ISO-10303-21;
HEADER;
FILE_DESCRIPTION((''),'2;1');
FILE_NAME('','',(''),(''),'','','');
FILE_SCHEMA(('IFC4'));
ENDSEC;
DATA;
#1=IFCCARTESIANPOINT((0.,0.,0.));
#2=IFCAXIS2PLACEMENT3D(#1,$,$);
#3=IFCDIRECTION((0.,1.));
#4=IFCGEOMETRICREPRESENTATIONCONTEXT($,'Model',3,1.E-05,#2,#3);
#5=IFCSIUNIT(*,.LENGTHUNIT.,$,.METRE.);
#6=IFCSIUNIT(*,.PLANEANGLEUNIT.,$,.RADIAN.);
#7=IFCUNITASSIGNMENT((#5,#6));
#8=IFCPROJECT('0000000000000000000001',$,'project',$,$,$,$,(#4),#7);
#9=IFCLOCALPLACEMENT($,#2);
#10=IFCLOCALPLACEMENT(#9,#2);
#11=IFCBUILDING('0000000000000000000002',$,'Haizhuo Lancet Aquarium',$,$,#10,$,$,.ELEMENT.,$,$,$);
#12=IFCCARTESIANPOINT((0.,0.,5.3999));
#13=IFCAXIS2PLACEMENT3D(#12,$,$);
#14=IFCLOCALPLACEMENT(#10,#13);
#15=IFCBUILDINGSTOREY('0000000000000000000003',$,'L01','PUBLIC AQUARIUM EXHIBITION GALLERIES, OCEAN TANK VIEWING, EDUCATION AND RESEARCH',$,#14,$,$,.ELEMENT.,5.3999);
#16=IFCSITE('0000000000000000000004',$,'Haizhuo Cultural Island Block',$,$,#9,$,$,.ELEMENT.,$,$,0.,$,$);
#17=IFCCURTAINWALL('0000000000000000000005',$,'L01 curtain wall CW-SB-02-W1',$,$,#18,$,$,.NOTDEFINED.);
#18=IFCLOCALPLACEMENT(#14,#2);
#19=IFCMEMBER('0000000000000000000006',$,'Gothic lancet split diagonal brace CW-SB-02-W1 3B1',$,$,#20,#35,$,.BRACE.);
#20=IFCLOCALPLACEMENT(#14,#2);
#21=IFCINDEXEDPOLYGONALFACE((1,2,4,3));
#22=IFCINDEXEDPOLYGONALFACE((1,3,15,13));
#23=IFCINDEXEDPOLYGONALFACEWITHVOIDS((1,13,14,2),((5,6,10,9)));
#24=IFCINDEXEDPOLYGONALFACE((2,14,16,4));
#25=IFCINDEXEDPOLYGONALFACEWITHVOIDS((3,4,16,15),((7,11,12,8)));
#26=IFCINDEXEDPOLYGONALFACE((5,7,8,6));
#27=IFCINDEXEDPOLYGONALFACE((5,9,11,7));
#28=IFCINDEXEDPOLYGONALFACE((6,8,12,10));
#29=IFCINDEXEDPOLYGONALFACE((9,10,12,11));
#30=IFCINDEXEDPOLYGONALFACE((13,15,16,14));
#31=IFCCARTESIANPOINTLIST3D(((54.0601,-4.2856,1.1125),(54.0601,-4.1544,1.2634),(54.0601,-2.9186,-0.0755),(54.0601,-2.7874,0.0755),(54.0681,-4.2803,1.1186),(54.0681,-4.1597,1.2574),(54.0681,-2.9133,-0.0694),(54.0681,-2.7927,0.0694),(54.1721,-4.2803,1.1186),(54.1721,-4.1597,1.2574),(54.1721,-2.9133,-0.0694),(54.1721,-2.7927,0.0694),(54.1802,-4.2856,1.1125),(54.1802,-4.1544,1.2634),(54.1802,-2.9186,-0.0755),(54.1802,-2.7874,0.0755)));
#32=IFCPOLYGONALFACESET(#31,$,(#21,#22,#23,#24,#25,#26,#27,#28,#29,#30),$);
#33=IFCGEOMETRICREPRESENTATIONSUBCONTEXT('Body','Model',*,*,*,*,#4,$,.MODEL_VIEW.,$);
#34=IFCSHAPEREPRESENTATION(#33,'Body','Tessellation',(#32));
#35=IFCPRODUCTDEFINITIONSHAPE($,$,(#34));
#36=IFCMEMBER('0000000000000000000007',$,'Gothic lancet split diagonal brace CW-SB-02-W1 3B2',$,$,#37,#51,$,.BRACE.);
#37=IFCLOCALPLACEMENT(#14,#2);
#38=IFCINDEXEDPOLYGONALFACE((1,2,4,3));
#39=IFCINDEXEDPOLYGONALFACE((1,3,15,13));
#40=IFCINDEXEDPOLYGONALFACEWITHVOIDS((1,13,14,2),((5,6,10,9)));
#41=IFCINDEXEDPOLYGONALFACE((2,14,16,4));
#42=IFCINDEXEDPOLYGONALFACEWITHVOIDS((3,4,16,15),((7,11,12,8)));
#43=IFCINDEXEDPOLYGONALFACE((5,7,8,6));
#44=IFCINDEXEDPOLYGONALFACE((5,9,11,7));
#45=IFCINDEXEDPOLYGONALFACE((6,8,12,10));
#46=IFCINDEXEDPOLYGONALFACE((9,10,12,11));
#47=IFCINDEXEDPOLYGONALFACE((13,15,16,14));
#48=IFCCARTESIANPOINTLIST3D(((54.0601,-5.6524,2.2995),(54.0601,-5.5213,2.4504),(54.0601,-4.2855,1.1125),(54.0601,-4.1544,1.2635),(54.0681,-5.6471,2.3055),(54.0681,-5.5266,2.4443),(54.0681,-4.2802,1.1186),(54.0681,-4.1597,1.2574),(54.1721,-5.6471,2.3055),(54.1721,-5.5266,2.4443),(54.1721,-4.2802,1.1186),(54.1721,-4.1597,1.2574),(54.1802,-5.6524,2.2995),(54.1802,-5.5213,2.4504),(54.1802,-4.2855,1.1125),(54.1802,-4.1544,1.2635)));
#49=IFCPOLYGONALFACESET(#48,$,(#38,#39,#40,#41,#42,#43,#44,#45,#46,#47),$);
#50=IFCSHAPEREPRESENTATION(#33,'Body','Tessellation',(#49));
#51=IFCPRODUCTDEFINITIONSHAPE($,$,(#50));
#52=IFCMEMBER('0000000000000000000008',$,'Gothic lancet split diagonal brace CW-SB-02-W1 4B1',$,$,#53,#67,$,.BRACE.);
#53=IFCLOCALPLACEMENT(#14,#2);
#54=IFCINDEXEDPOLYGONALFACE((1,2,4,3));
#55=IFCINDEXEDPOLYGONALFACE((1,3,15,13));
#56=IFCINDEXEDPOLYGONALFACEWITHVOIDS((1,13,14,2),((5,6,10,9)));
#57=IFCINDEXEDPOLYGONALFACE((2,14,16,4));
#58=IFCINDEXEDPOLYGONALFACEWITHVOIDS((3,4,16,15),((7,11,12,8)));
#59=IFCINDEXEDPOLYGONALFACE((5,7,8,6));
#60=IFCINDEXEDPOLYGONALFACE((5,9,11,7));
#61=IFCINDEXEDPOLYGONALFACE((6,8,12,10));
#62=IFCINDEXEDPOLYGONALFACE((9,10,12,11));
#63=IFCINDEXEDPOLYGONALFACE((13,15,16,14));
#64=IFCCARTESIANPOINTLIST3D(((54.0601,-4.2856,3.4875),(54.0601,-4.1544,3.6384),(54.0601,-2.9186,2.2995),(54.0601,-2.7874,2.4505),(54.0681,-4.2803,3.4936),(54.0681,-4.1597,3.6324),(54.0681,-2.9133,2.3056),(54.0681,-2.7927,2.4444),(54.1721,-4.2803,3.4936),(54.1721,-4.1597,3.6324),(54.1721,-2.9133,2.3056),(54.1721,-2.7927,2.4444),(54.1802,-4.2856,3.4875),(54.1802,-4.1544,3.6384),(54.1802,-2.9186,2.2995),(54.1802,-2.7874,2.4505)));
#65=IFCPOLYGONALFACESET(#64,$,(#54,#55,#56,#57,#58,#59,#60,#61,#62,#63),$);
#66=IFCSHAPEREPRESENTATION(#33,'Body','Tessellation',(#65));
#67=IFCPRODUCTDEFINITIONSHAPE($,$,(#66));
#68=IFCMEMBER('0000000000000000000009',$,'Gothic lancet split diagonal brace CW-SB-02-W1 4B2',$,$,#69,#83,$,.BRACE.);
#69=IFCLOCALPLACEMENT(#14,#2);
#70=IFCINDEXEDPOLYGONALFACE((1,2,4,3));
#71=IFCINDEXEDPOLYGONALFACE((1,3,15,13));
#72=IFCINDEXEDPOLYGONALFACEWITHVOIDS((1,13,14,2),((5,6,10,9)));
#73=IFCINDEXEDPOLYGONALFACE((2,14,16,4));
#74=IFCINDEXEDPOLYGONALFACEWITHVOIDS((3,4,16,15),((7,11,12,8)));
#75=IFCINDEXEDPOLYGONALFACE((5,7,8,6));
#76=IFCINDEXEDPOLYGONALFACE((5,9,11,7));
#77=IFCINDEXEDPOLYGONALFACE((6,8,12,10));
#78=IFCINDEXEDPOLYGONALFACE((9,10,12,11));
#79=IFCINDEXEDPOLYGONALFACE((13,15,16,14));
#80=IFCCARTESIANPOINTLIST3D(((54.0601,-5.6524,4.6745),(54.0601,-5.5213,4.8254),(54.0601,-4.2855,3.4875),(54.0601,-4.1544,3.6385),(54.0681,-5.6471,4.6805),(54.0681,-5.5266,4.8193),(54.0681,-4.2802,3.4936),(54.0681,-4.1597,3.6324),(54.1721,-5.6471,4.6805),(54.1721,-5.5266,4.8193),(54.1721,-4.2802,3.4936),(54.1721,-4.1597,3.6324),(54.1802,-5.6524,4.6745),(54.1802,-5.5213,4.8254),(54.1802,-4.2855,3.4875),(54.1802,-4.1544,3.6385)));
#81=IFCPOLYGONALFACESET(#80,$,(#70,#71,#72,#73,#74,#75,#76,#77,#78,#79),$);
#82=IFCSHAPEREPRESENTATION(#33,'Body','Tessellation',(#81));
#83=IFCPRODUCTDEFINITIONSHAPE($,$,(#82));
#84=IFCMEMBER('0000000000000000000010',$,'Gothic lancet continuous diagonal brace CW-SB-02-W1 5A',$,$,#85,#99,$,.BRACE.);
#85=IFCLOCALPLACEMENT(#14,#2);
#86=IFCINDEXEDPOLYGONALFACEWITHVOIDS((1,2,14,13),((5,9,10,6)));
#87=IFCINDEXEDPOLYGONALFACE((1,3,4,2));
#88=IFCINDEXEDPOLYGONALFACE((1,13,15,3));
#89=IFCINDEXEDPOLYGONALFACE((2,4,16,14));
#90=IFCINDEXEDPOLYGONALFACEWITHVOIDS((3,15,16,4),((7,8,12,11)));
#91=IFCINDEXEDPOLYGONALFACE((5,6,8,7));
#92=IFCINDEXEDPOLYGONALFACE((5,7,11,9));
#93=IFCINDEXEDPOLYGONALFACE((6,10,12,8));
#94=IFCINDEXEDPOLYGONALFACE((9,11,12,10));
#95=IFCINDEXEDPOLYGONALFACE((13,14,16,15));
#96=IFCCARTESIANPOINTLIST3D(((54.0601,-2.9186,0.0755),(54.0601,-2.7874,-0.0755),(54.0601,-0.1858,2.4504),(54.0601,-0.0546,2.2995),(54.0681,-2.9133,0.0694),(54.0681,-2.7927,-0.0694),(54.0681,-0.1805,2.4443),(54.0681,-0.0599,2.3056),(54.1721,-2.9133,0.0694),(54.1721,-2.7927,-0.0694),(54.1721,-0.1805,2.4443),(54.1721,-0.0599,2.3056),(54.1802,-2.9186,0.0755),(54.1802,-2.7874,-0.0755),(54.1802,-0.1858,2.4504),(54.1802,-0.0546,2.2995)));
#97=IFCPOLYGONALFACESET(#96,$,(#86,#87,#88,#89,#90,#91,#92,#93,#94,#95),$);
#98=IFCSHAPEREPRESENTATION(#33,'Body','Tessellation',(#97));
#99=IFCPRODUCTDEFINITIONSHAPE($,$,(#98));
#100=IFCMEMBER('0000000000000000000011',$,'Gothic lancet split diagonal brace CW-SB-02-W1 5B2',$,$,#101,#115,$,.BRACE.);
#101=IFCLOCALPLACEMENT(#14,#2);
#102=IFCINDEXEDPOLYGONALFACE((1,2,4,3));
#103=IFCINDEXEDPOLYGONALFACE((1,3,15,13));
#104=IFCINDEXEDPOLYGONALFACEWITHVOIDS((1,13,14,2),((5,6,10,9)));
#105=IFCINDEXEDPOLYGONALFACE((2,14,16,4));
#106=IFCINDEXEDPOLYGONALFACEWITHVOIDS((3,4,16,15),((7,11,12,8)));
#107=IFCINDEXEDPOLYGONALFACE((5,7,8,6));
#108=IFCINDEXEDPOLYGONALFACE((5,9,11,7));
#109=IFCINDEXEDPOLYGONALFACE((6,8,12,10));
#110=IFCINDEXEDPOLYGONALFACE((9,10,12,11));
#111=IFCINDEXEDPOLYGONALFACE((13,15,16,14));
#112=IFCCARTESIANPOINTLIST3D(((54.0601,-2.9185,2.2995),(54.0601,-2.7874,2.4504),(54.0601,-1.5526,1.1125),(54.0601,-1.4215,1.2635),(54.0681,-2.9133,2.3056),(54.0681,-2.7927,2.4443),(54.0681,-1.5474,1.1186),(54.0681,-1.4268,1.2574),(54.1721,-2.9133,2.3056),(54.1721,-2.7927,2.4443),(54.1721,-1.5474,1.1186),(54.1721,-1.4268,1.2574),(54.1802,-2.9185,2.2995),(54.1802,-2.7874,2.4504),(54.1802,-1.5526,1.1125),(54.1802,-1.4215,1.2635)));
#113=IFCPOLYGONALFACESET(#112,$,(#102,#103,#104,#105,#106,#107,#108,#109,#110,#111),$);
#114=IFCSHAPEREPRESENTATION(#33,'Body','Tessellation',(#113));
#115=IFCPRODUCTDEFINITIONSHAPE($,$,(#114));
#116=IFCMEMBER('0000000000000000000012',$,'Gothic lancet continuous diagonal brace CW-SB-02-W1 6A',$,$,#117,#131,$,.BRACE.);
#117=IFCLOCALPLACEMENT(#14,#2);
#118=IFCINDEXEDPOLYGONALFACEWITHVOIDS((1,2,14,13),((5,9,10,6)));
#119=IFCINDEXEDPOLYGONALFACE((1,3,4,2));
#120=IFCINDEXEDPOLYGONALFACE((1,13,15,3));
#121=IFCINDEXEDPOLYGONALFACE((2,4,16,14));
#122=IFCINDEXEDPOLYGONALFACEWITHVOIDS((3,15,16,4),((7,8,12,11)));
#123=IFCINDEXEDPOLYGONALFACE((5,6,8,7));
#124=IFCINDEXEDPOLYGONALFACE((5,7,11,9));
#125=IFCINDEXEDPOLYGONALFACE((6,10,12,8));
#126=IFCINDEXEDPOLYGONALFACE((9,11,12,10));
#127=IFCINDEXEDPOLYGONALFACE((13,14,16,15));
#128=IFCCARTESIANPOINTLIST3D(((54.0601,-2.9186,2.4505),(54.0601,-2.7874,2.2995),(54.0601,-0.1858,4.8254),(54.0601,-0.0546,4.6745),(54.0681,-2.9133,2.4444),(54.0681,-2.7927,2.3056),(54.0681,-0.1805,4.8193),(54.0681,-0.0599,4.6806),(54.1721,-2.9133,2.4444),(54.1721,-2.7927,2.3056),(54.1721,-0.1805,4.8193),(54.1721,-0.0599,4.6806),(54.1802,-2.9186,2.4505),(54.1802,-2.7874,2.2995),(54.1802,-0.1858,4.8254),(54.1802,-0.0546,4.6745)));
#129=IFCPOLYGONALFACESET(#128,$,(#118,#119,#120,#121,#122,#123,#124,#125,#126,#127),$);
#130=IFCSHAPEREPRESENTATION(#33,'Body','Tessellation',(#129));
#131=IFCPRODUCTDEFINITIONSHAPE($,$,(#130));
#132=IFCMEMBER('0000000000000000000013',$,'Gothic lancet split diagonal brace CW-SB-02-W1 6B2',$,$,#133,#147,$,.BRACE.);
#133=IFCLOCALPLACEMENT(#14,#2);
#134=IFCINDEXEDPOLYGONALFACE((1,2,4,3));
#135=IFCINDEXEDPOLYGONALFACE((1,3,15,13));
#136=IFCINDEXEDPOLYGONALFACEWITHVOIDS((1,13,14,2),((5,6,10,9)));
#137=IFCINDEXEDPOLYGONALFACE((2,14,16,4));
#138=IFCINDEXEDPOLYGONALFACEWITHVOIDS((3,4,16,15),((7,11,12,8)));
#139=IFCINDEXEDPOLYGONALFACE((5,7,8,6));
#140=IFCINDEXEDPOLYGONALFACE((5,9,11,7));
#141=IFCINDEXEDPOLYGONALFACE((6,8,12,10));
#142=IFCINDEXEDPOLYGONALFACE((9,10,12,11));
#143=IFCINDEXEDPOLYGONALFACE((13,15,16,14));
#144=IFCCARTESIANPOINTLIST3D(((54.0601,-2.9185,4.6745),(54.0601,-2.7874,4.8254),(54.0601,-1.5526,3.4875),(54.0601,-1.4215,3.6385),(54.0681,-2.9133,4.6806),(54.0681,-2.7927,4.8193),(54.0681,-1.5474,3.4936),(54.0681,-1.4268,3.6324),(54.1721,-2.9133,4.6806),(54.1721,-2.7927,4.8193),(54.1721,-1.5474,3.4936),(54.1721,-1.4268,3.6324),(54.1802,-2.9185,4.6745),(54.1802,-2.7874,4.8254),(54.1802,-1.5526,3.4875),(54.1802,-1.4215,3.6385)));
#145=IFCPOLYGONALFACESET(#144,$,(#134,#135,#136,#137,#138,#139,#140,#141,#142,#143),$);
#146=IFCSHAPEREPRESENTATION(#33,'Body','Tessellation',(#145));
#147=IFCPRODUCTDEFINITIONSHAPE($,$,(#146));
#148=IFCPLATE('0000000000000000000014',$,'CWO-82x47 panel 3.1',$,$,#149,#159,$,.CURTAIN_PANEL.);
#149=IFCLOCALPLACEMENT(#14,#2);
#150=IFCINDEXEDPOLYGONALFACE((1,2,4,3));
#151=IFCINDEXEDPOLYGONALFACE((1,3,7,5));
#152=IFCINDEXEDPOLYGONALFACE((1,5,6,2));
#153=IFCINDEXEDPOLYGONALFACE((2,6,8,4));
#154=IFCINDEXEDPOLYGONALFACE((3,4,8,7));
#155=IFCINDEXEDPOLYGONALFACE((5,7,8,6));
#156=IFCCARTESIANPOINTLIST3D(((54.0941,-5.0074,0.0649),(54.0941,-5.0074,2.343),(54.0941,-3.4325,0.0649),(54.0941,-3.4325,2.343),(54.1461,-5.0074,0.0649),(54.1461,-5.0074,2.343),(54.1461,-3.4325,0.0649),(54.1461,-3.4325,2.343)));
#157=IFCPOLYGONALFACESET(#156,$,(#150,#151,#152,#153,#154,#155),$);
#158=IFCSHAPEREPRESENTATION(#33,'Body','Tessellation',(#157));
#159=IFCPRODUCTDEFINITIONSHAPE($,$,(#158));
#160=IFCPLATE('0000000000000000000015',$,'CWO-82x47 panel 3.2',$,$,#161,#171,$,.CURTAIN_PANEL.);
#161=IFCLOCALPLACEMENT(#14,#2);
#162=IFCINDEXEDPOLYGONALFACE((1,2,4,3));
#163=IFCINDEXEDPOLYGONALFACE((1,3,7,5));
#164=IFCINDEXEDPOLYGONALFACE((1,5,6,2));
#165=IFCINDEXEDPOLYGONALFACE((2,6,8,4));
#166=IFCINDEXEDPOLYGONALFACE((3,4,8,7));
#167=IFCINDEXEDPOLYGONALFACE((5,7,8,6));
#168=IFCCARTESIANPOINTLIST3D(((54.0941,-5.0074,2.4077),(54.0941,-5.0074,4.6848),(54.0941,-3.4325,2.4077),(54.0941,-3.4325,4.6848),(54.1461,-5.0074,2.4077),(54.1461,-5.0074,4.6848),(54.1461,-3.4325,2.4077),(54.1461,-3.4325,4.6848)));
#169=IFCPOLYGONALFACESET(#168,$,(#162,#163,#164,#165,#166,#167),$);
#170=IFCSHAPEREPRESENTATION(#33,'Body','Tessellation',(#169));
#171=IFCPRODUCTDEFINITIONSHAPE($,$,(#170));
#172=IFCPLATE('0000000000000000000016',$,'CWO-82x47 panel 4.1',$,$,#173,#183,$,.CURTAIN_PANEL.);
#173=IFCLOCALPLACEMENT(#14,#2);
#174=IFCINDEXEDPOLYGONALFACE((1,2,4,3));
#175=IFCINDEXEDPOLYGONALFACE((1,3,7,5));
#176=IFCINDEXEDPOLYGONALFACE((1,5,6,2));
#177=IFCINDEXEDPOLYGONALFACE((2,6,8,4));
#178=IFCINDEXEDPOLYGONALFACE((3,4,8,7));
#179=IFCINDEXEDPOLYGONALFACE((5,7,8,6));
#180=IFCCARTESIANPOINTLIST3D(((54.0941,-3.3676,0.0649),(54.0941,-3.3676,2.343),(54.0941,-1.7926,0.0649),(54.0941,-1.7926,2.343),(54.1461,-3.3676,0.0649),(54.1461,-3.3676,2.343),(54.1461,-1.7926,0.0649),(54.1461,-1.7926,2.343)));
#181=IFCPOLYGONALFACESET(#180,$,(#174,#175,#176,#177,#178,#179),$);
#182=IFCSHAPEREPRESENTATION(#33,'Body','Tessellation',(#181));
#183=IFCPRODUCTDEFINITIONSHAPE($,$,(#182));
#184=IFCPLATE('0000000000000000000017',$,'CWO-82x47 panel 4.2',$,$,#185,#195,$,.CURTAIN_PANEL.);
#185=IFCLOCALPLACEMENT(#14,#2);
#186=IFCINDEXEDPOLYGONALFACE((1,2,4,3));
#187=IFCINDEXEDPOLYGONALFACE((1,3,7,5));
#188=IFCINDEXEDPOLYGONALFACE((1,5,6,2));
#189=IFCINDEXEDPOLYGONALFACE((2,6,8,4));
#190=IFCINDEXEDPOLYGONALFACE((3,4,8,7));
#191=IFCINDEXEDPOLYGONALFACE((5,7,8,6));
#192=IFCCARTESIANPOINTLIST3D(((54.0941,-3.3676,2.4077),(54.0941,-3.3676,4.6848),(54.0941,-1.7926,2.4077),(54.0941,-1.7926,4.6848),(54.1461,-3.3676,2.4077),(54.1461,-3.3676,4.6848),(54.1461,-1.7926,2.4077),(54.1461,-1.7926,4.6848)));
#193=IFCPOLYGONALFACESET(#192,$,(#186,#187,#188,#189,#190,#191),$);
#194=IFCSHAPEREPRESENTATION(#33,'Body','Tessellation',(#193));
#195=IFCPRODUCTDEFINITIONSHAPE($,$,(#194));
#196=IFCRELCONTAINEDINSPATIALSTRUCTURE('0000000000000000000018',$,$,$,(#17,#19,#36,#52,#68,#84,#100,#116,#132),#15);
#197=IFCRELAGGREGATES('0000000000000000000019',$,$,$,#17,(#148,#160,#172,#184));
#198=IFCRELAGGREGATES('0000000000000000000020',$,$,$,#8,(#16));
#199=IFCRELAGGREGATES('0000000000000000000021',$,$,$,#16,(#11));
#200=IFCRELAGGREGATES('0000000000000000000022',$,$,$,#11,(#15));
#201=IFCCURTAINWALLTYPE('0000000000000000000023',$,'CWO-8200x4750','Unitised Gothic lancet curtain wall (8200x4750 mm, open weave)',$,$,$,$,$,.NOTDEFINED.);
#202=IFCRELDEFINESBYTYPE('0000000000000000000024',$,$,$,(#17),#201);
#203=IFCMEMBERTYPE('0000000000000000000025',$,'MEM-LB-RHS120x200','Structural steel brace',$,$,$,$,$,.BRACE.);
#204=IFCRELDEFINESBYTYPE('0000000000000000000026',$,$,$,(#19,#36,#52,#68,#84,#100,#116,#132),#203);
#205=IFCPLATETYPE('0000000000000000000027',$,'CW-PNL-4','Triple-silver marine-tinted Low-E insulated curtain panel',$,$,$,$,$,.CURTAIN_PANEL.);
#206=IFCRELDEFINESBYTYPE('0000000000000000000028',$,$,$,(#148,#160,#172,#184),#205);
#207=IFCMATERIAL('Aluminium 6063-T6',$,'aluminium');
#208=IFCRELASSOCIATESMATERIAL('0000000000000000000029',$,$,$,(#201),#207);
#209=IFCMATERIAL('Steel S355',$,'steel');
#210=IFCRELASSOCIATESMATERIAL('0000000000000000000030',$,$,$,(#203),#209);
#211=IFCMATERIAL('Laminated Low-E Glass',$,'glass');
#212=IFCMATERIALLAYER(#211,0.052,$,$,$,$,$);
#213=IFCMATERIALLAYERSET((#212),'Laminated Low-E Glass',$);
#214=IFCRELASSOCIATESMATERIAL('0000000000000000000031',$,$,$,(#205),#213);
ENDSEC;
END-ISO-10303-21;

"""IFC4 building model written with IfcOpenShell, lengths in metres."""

from ifc_helpers import new_model, si_unit, direction, frame, origin, origin_2d, place, context, subcontext, project, spatial, rectangle, hollow_rectangle, extrude, material, layer, layer_set, material_profile, profile_set, type_object, element, aggregate, save


model = new_model("IFC4")

# Units and contexts
model_context = context("Model", 3, precision=1e-05, world=origin(), true_north=direction((0.0, 1.0)))
body_context = subcontext(model_context, "Body", "Model", "MODEL_VIEW")
ifc_project = project(units=[si_unit("LENGTHUNIT", "METRE"), si_unit("PLANEANGLEUNIT", "RADIAN")], contexts=[model_context])

# Site, building, storey
site_placement = place(None, origin())
site = spatial("IfcSite", under=ifc_project, at=site_placement, Name="Haizhuo Cultural Island Block", CompositionType="ELEMENT", RefElevation=0.0)
building_placement = place(site_placement, origin())
building = spatial("IfcBuilding", under=site, at=building_placement, Name="Haizhuo Lancet Aquarium", CompositionType="ELEMENT")
storey_placement = place(building_placement, frame((0.0, 0.0, 5.3999)))
storey = spatial("IfcBuildingStorey", under=building, at=storey_placement, Name="L01", Description="PUBLIC AQUARIUM EXHIBITION GALLERIES, OCEAN TANK VIEWING, EDUCATION AND RESEARCH", CompositionType="ELEMENT", Elevation=5.3999)

# Curtain wall
ifc_material_1 = material(Name="Aluminium 6063-T6", Category="aluminium")
curtain_wall_type = type_object("IfcCurtainWallType", Name="CWO-8200x4750", Description="Unitised Gothic lancet curtain wall (8200x4750 mm, open weave)", PredefinedType="NOTDEFINED", material=ifc_material_1)
curtain_wall_placement = place(storey_placement, origin())
curtain_wall = element("IfcCurtainWall", 1, at=curtain_wall_placement, inside=storey, type_object=curtain_wall_type, Name="L01 curtain wall CW-SB-02-W1", PredefinedType="NOTDEFINED")

# Members
ifc_material_2 = material(Name="Steel S355", Category="steel")
ifc_material_profile_1 = material_profile(ifc_material_2, hollow_rectangle(XDim=0.1201, YDim=0.2, WallThickness=0.0081, at=origin_2d()), Name="RHS 120x200x8")
ifc_profile_set_1 = profile_set([ifc_material_profile_1], Name="Steel S355")
member_type_1 = type_object("IfcMemberType", Name="MEM-LB-RHS120x200", Description="Structural steel brace", PredefinedType="BRACE", material=ifc_profile_set_1)
member_1_placement = place(storey_placement, frame((54.1201, -2.853, 0.0), z_axis=(0.0, -0.754785, 0.655972), x_axis=(1.0, 0.0, 0.0)))
element("IfcMember", 2, at=member_1_placement, inside=storey, type_object=member_type_1, Name="Gothic lancet split diagonal brace CW-SB-02-W1 3B1", PredefinedType="BRACE", context=body_context, shape_type="SweptSolid", body=[
    extrude(hollow_rectangle(XDim=0.1201, YDim=0.2, WallThickness=0.0081, at=origin_2d()), origin(), (0.0, 0.0, 1.0), 1.811),
])
member_2_placement = place(storey_placement, frame((54.1201, -4.22, 1.188), z_axis=(0.0, -0.755052, 0.655664), x_axis=(1.0, 0.0, 0.0)))
element("IfcMember", 3, at=member_2_placement, inside=storey, type_object=member_type_1, Name="Gothic lancet split diagonal brace CW-SB-02-W1 3B2", PredefinedType="BRACE", context=body_context, shape_type="SweptSolid", body=[
    extrude(hollow_rectangle(XDim=0.1201, YDim=0.2, WallThickness=0.0081, at=origin_2d()), origin(), (0.0, 0.0, 1.0), 1.8103),
])
member_3_placement = place(storey_placement, frame((54.1201, -2.853, 2.375), z_axis=(0.0, -0.754785, 0.655972), x_axis=(1.0, 0.0, 0.0)))
element("IfcMember", 4, at=member_3_placement, inside=storey, type_object=member_type_1, Name="Gothic lancet split diagonal brace CW-SB-02-W1 4B1", PredefinedType="BRACE", context=body_context, shape_type="SweptSolid", body=[
    extrude(hollow_rectangle(XDim=0.1201, YDim=0.2, WallThickness=0.0081, at=origin_2d()), origin(), (0.0, 0.0, 1.0), 1.811),
])
member_4_placement = place(storey_placement, frame((54.1201, -4.22, 3.563), z_axis=(0.0, -0.755052, 0.655664), x_axis=(1.0, 0.0, 0.0)))
element("IfcMember", 5, at=member_4_placement, inside=storey, type_object=member_type_1, Name="Gothic lancet split diagonal brace CW-SB-02-W1 4B2", PredefinedType="BRACE", context=body_context, shape_type="SweptSolid", body=[
    extrude(hollow_rectangle(XDim=0.1201, YDim=0.2, WallThickness=0.0081, at=origin_2d()), origin(), (0.0, 0.0, 1.0), 1.8103),
])
member_5_placement = place(storey_placement, frame((54.1201, -2.853, 0.0), z_axis=(0.0, 0.754803, 0.655952), x_axis=(-1.0, 0.0, 0.0)))
element("IfcMember", 6, at=member_5_placement, inside=storey, type_object=member_type_1, Name="Gothic lancet continuous diagonal brace CW-SB-02-W1 5A", PredefinedType="BRACE", context=body_context, shape_type="SweptSolid", body=[
    extrude(hollow_rectangle(XDim=0.1201, YDim=0.2, WallThickness=0.0081, at=origin_2d()), origin(), (0.0, 0.0, 1.0), 3.6206),
])
member_6_placement = place(storey_placement, frame((54.1201, -1.4871, 1.188), z_axis=(0.0, -0.75482, 0.655932), x_axis=(1.0, 0.0, 0.0)))
element("IfcMember", 7, at=member_6_placement, inside=storey, type_object=member_type_1, Name="Gothic lancet split diagonal brace CW-SB-02-W1 5B2", PredefinedType="BRACE", context=body_context, shape_type="SweptSolid", body=[
    extrude(hollow_rectangle(XDim=0.1201, YDim=0.2, WallThickness=0.0081, at=origin_2d()), origin(), (0.0, 0.0, 1.0), 1.8096),
])
member_7_placement = place(storey_placement, frame((54.1201, -2.853, 2.375), z_axis=(0.0, 0.754803, 0.655952), x_axis=(-1.0, 0.0, 0.0)))
element("IfcMember", 8, at=member_7_placement, inside=storey, type_object=member_type_1, Name="Gothic lancet continuous diagonal brace CW-SB-02-W1 6A", PredefinedType="BRACE", context=body_context, shape_type="SweptSolid", body=[
    extrude(hollow_rectangle(XDim=0.1201, YDim=0.2, WallThickness=0.0081, at=origin_2d()), origin(), (0.0, 0.0, 1.0), 3.6206),
])
member_8_placement = place(storey_placement, frame((54.1201, -1.4871, 3.563), z_axis=(0.0, -0.75482, 0.655932), x_axis=(1.0, 0.0, 0.0)))
element("IfcMember", 9, at=member_8_placement, inside=storey, type_object=member_type_1, Name="Gothic lancet split diagonal brace CW-SB-02-W1 6B2", PredefinedType="BRACE", context=body_context, shape_type="SweptSolid", body=[
    extrude(hollow_rectangle(XDim=0.1201, YDim=0.2, WallThickness=0.0081, at=origin_2d()), origin(), (0.0, 0.0, 1.0), 1.8096),
])

# Plates
ifc_material_3 = material(Name="Laminated Low-E Glass", Category="glass")
ifc_layer = layer(ifc_material_3, 0.052)
ifc_layer_set = layer_set([ifc_layer], Name="Laminated Low-E Glass")
plate_type = type_object("IfcPlateType", Name="CW-PNL-4", Description="Triple-silver marine-tinted Low-E insulated curtain panel", PredefinedType="CURTAIN_PANEL", material=ifc_layer_set)
plate_1_placement = place(storey_placement, frame((54.1201, -4.22, 0.0649), z_axis=(0.0, 0.0, 1.0), x_axis=(0.0, 1.0, 0.0)))
plate_1 = element("IfcPlate", 10, at=plate_1_placement, type_object=plate_type, Name="CWO-82x47 panel 3.1", PredefinedType="CURTAIN_PANEL", context=body_context, shape_type="SweptSolid", body=[
    extrude(rectangle(XDim=1.575, YDim=0.052, at=origin_2d()), origin(), (0.0, 0.0, 1.0), 2.2781),
])
plate_2_placement = place(storey_placement, frame((54.1201, -4.22, 2.4077), z_axis=(0.0, 0.0, 1.0), x_axis=(0.0, 1.0, 0.0)))
plate_2 = element("IfcPlate", 11, at=plate_2_placement, type_object=plate_type, Name="CWO-82x47 panel 3.2", PredefinedType="CURTAIN_PANEL", context=body_context, shape_type="SweptSolid", body=[
    extrude(rectangle(XDim=1.575, YDim=0.052, at=origin_2d()), origin(), (0.0, 0.0, 1.0), 2.2771),
])
plate_3_placement = place(storey_placement, frame((54.1201, -2.5801, 0.0649), z_axis=(0.0, 0.0, 1.0), x_axis=(0.0, 1.0, 0.0)))
plate_3 = element("IfcPlate", 12, at=plate_3_placement, type_object=plate_type, Name="CWO-82x47 panel 4.1", PredefinedType="CURTAIN_PANEL", context=body_context, shape_type="SweptSolid", body=[
    extrude(rectangle(XDim=1.575, YDim=0.052, at=origin_2d()), origin(), (0.0, 0.0, 1.0), 2.2781),
])
plate_4_placement = place(storey_placement, frame((54.1201, -2.5801, 2.4077), z_axis=(0.0, 0.0, 1.0), x_axis=(0.0, 1.0, 0.0)))
plate_4 = element("IfcPlate", 13, at=plate_4_placement, type_object=plate_type, Name="CWO-82x47 panel 4.2", PredefinedType="CURTAIN_PANEL", context=body_context, shape_type="SweptSolid", body=[
    extrude(rectangle(XDim=1.575, YDim=0.052, at=origin_2d()), origin(), (0.0, 0.0, 1.0), 2.2771),
])
aggregate(curtain_wall, [plate_1, plate_2, plate_3, plate_4])

save(model, "model.ifc")
